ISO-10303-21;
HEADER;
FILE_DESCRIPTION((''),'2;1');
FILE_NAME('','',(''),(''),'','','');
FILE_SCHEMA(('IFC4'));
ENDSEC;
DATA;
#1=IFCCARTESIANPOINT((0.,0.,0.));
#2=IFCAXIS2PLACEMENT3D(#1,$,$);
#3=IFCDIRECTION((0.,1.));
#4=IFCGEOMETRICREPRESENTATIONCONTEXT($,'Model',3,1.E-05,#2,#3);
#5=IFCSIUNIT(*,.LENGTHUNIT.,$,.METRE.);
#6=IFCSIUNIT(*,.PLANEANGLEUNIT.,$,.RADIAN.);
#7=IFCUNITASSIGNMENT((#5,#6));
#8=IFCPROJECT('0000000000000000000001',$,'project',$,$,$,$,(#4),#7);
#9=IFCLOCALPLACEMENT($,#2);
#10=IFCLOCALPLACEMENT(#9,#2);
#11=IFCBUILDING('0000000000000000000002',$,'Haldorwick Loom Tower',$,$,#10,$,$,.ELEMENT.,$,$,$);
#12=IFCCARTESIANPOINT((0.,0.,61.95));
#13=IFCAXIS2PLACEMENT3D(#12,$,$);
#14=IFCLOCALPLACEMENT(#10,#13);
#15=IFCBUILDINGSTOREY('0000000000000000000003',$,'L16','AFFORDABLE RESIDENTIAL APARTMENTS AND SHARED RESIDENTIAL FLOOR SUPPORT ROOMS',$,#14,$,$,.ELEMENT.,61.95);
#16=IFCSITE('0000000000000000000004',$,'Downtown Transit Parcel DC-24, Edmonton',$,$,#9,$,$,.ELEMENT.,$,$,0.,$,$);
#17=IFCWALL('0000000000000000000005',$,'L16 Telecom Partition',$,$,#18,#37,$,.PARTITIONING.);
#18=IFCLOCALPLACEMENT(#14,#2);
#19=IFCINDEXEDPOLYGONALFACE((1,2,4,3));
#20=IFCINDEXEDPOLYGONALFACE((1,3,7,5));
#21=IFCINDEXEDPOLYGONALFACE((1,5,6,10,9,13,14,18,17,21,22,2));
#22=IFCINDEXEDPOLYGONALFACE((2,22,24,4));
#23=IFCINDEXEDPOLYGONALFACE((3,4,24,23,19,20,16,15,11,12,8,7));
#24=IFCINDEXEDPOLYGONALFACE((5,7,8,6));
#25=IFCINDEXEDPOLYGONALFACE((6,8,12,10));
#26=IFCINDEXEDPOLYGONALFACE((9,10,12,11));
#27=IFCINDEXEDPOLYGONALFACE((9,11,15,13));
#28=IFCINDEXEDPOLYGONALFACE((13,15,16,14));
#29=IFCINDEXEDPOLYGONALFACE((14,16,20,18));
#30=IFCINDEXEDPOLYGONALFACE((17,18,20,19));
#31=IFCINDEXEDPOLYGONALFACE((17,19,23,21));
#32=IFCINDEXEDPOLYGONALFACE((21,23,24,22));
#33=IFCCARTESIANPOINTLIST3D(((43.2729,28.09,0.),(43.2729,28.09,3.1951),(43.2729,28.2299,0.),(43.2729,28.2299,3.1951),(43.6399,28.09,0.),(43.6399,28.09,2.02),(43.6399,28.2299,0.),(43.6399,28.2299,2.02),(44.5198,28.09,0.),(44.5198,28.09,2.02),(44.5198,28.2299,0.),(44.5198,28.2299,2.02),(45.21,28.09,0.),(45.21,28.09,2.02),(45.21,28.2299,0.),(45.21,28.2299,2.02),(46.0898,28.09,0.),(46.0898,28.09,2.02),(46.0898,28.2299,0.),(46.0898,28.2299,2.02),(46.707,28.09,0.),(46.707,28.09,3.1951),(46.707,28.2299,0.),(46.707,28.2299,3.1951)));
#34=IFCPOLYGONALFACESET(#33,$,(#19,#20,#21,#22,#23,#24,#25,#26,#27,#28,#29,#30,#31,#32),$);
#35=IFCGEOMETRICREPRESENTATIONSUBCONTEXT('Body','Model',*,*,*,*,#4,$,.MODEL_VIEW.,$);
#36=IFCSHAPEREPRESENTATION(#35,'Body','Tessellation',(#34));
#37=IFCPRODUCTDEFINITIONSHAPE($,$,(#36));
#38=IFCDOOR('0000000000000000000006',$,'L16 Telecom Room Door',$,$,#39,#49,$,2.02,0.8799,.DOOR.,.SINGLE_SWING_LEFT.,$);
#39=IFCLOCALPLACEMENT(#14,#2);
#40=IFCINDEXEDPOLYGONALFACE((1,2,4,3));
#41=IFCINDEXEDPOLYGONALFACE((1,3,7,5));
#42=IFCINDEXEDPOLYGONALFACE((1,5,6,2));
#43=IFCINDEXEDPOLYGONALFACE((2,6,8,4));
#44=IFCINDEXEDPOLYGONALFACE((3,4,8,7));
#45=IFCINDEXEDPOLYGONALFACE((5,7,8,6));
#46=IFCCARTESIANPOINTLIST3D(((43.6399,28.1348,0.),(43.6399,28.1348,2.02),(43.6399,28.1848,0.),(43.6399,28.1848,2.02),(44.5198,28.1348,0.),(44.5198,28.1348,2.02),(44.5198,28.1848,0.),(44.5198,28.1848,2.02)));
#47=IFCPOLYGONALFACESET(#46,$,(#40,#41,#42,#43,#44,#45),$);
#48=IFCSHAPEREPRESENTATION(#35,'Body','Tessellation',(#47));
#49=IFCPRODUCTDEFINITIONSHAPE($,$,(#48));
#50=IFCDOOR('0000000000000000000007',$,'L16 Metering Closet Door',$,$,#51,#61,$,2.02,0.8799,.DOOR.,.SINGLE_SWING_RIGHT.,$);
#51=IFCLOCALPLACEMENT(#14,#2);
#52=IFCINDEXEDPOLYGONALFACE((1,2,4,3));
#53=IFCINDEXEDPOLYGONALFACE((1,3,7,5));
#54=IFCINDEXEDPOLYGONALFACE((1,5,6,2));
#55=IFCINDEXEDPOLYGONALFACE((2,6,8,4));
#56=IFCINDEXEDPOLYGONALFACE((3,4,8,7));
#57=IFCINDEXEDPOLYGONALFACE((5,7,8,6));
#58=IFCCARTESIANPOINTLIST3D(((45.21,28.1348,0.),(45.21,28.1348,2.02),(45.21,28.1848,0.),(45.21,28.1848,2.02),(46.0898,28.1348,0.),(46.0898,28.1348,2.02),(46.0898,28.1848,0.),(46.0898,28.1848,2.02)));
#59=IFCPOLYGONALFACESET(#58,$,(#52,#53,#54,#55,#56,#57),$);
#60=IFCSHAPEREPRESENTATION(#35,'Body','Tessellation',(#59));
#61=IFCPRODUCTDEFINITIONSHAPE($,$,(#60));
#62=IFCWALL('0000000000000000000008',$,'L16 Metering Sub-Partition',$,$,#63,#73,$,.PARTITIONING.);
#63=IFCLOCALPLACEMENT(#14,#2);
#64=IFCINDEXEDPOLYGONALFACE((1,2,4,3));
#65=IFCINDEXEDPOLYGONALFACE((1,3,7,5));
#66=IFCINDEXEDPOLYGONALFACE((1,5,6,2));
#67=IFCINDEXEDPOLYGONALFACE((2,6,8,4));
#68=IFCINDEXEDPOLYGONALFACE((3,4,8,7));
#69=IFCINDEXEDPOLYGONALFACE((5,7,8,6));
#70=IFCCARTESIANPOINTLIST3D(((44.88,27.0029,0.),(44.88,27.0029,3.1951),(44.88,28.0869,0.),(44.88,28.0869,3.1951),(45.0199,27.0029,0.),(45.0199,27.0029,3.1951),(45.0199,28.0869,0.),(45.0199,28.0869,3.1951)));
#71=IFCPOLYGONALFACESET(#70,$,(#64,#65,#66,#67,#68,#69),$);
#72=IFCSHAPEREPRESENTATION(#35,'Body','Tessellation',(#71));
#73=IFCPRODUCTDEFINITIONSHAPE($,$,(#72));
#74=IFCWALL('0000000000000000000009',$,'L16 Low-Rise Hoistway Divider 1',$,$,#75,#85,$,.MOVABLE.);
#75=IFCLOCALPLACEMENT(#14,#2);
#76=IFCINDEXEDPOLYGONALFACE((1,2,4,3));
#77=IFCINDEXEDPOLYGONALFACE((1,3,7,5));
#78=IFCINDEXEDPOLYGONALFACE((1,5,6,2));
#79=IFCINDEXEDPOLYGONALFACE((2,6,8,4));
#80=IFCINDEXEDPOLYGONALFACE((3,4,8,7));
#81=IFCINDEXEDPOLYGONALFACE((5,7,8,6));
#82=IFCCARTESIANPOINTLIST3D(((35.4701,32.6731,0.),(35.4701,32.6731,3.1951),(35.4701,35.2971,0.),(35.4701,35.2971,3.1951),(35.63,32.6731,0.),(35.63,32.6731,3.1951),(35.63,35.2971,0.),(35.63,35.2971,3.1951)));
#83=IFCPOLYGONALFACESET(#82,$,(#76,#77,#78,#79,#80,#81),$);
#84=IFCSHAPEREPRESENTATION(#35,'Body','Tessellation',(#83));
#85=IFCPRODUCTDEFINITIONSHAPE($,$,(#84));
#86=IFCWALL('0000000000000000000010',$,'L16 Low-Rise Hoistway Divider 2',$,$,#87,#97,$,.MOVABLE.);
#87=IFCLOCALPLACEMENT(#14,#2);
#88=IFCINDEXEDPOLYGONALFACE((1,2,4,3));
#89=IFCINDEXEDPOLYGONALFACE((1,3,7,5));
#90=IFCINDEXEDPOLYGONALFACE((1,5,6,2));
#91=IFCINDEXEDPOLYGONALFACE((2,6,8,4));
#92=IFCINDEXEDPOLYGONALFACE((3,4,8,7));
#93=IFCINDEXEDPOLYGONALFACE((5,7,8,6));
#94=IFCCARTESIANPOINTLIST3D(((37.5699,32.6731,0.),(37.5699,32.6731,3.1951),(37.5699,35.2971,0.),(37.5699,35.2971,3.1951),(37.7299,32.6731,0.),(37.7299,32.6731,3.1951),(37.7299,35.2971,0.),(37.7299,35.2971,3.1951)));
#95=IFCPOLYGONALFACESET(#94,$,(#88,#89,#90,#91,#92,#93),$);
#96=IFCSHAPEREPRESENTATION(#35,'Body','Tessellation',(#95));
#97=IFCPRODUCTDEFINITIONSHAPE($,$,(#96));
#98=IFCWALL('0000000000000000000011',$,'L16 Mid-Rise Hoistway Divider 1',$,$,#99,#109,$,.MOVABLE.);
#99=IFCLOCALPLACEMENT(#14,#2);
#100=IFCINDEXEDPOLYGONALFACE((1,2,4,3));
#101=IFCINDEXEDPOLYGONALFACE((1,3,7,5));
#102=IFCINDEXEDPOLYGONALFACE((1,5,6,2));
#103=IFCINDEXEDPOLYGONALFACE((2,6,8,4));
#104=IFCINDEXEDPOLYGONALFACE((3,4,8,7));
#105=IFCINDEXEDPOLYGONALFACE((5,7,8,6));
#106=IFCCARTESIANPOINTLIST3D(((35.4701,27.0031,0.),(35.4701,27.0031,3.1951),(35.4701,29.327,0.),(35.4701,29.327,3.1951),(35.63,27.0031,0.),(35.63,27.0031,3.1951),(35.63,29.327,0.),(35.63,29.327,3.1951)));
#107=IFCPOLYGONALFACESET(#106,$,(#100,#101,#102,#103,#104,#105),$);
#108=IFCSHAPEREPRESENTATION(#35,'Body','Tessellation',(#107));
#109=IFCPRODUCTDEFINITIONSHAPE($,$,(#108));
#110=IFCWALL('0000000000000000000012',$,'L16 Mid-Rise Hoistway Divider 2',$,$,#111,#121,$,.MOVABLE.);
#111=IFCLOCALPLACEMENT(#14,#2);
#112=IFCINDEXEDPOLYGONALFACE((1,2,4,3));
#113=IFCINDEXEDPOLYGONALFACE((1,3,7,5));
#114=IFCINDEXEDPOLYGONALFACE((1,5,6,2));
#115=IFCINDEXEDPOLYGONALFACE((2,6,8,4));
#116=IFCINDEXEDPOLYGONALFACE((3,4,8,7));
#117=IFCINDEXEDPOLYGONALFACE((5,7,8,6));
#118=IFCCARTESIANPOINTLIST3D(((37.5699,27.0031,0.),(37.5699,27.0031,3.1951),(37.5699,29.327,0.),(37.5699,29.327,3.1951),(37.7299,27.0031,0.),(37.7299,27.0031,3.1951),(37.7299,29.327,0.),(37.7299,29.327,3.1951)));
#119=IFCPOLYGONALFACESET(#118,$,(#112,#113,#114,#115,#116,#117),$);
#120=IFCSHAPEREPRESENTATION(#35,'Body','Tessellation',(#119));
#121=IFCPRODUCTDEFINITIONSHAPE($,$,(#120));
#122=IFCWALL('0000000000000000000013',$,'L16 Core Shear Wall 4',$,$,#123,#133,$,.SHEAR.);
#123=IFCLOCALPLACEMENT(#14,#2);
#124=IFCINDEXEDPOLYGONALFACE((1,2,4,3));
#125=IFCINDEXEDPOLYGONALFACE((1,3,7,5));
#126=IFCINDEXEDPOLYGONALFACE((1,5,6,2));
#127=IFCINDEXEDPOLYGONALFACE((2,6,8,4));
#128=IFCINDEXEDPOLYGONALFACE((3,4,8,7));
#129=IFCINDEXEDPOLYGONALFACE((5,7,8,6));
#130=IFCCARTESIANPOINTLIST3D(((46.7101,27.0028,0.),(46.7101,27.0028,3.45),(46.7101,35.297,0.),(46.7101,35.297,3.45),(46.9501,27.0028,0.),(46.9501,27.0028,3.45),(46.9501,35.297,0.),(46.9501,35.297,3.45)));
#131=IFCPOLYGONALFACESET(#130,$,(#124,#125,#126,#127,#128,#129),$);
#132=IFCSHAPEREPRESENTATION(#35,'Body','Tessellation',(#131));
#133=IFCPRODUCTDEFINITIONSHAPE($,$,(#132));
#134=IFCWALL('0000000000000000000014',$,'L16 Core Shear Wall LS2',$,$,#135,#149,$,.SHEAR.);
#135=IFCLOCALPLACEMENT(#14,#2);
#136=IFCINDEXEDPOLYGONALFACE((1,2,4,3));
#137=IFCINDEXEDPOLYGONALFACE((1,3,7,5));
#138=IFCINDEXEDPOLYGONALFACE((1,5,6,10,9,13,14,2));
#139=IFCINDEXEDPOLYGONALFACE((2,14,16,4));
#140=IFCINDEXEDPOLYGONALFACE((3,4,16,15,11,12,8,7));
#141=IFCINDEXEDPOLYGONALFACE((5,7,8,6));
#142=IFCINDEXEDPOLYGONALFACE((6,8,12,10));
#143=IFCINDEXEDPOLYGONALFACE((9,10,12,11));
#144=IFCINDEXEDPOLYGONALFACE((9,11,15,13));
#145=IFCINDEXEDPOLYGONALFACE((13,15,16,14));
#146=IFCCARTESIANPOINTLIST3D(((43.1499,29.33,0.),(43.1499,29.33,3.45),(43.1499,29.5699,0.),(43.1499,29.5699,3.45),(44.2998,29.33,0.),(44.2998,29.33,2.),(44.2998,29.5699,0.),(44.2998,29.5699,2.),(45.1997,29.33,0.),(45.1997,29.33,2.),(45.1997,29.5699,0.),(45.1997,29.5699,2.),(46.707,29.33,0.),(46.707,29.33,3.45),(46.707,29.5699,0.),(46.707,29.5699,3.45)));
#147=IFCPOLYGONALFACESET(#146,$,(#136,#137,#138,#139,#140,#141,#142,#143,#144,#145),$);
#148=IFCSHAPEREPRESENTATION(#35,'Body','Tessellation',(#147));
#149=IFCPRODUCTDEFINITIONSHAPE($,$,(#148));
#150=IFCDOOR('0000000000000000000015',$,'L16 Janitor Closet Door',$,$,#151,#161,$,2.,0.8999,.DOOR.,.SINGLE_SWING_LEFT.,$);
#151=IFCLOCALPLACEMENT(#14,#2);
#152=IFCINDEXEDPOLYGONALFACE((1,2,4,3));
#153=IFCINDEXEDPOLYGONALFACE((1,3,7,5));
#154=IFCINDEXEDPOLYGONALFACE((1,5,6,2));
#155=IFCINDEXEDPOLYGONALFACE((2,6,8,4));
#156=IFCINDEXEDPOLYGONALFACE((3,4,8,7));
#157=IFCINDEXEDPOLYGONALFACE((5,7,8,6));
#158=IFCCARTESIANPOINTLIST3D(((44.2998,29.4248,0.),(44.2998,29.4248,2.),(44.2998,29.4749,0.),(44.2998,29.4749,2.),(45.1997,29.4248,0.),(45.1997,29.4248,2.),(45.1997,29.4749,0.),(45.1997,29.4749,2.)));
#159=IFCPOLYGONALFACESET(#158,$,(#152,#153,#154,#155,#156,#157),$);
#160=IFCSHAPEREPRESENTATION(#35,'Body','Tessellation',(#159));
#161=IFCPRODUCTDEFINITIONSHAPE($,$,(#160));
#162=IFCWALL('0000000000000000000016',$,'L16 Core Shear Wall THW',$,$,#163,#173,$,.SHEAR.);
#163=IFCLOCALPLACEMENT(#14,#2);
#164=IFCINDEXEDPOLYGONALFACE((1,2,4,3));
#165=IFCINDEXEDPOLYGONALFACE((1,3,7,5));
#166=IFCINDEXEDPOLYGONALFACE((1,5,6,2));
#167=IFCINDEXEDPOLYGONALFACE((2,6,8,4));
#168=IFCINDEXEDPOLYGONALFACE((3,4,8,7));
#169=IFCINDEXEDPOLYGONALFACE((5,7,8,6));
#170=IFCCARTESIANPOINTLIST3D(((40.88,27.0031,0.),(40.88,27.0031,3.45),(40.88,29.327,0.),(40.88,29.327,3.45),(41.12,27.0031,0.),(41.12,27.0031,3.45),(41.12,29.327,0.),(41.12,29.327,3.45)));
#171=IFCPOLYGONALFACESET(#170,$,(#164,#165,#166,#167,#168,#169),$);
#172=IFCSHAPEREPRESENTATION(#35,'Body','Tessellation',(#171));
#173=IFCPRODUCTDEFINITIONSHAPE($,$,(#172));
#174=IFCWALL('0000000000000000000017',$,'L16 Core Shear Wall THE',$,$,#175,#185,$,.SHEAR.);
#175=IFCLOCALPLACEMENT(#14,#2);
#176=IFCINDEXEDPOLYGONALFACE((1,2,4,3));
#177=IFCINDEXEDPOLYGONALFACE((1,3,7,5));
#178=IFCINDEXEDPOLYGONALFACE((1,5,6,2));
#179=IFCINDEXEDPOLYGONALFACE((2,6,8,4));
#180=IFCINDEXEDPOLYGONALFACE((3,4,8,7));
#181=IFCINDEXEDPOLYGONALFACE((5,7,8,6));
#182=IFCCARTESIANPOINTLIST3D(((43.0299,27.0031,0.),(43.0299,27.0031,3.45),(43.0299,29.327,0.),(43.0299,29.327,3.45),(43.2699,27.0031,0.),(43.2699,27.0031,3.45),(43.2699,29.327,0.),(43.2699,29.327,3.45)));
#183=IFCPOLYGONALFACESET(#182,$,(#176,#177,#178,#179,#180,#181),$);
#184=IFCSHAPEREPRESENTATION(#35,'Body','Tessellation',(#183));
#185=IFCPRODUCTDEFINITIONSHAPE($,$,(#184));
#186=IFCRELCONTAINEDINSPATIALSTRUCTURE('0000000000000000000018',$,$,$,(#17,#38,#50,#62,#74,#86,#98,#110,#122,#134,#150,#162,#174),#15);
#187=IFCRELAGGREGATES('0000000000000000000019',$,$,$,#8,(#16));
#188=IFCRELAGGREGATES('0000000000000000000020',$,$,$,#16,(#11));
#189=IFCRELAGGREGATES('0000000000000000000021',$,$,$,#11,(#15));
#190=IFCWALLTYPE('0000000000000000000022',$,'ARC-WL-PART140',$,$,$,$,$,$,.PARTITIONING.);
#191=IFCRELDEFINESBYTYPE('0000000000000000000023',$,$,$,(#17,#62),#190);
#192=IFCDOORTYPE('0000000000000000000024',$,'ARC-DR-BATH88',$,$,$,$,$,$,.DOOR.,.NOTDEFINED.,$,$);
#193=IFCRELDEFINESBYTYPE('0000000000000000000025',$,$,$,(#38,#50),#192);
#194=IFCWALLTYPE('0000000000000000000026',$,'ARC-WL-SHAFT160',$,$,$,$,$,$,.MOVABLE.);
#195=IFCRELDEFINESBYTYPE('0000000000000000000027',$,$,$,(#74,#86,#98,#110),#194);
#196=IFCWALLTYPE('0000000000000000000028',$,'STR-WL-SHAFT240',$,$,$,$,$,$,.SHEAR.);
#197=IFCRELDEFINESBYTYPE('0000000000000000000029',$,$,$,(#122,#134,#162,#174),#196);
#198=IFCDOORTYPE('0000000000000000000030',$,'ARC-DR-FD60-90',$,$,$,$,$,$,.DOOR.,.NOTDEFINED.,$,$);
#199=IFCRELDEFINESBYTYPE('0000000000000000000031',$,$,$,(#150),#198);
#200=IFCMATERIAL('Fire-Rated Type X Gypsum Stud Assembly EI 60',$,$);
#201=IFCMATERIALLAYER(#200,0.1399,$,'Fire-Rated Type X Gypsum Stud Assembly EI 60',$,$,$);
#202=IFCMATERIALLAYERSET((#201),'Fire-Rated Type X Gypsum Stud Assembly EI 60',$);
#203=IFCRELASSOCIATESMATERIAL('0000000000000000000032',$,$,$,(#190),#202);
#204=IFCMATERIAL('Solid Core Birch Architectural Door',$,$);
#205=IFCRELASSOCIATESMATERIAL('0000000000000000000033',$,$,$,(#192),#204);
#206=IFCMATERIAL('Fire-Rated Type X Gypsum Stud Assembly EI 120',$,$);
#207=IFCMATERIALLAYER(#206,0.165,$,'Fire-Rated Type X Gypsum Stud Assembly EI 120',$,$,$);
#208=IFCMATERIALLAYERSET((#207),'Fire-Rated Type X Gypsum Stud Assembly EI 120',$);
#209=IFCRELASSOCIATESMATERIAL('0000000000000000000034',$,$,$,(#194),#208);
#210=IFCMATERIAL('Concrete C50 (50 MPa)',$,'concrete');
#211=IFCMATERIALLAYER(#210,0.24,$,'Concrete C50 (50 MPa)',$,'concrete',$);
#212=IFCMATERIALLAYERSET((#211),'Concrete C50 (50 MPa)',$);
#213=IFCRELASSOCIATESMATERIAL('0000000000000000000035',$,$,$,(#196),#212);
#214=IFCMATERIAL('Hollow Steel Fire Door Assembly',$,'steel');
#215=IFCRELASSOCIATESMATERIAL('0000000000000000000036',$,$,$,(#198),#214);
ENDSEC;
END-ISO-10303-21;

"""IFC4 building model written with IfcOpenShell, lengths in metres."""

from ifc_helpers import new_model, si_unit, direction, frame, frame_2d, origin, place, context, subcontext, project, spatial, rectangle, extrude, material, layer, layer_set, type_object, element, fill, save


model = new_model("IFC4")

# Units and contexts
model_context = context("Model", 3, precision=1e-05, world=origin(), true_north=direction((0.0, 1.0)))
body_context = subcontext(model_context, "Body", "Model", "MODEL_VIEW")
ifc_project = project(units=[si_unit("LENGTHUNIT", "METRE"), si_unit("PLANEANGLEUNIT", "RADIAN")], contexts=[model_context])

# Site, building, storey
site_placement = place(None, origin())
site = spatial("IfcSite", under=ifc_project, at=site_placement, Name="Downtown Transit Parcel DC-24, Edmonton", CompositionType="ELEMENT", RefElevation=0.0)
building_placement = place(site_placement, origin())
building = spatial("IfcBuilding", under=site, at=building_placement, Name="Haldorwick Loom Tower", CompositionType="ELEMENT")
storey_placement = place(building_placement, frame((0.0, 0.0, 61.95)))
storey = spatial("IfcBuildingStorey", under=building, at=storey_placement, Name="L16", Description="AFFORDABLE RESIDENTIAL APARTMENTS AND SHARED RESIDENTIAL FLOOR SUPPORT ROOMS", CompositionType="ELEMENT", Elevation=61.95)

# Wall, openings, doors
ifc_material_1 = material(Name="Fire-Rated Type X Gypsum Stud Assembly EI 60")
ifc_layer_1 = layer(ifc_material_1, 0.1399, Name="Fire-Rated Type X Gypsum Stud Assembly EI 60")
ifc_layer_set_1 = layer_set([ifc_layer_1], Name="Fire-Rated Type X Gypsum Stud Assembly EI 60")
wall_type_1 = type_object("IfcWallType", Name="ARC-WL-PART140", PredefinedType="PARTITIONING", material=ifc_layer_set_1)
wall_1_placement = place(storey_placement, frame((43.2729, 28.1599, 0.0), z_axis=(0.0, 0.0, 1.0), x_axis=(1.0, 0.0, 0.0)))
wall_1 = element("IfcWall", 1, at=wall_1_placement, inside=storey, type_object=wall_type_1, Name="L16 Telecom Partition", PredefinedType="PARTITIONING", context=body_context, shape_type="SweptSolid", body=[
    extrude(rectangle(XDim=3.4341, YDim=0.1399, at=frame_2d((1.717, 0.0))), origin(), (0.0, 0.0, 1.0), 3.1951),
])
opening_1_placement = place(wall_1_placement, frame((0.3669, 0.0, 0.0)))
opening_1 = element("IfcOpeningElement", 2, at=opening_1_placement, cuts=wall_1, PredefinedType="OPENING", context=body_context, shape_type="SweptSolid", body=[
    extrude(rectangle(XDim=0.8799, YDim=2.02, at=frame_2d((0.4399, 1.01))), frame((0.0, 0.0798, 0.0), z_axis=(0.0, -1.0, 0.0), x_axis=(1.0, 0.0, 0.0)), (0.0, 0.0, 1.0), 0.1599),
])
opening_2_placement = place(wall_1_placement, frame((1.937, 0.0, 0.0)))
opening_2 = element("IfcOpeningElement", 3, at=opening_2_placement, cuts=wall_1, PredefinedType="OPENING", context=body_context, shape_type="SweptSolid", body=[
    extrude(rectangle(XDim=0.8799, YDim=2.02, at=frame_2d((0.4399, 1.01))), frame((0.0, 0.0798, 0.0), z_axis=(0.0, -1.0, 0.0), x_axis=(1.0, 0.0, 0.0)), (0.0, 0.0, 1.0), 0.1599),
])
ifc_material_2 = material(Name="Solid Core Birch Architectural Door")
door_type_1 = type_object("IfcDoorType", Name="ARC-DR-BATH88", OperationType="NOTDEFINED", PredefinedType="DOOR", material=ifc_material_2)
door_1_placement = place(opening_1_placement, origin())
door_1 = element("IfcDoor", 4, at=door_1_placement, inside=storey, type_object=door_type_1, Name="L16 Telecom Room Door", OperationType="SINGLE_SWING_LEFT", OverallHeight=2.02, OverallWidth=0.8799, PredefinedType="DOOR", context=body_context, shape_type="SweptSolid", body=[
    extrude(rectangle(XDim=0.8799, YDim=2.02, at=frame_2d((0.4399, 1.01))), frame((0.0, 0.0249, 0.0), z_axis=(0.0, -1.0, 0.0), x_axis=(1.0, 0.0, 0.0)), (0.0, 0.0, 1.0), 0.05),
])
fill(opening_1, door_1)
door_2_placement = place(opening_2_placement, origin())
door_2 = element("IfcDoor", 5, at=door_2_placement, inside=storey, type_object=door_type_1, Name="L16 Metering Closet Door", OperationType="SINGLE_SWING_RIGHT", OverallHeight=2.02, OverallWidth=0.8799, PredefinedType="DOOR", context=body_context, shape_type="SweptSolid", body=[
    extrude(rectangle(XDim=0.8799, YDim=2.02, at=frame_2d((0.4399, 1.01))), frame((0.0, 0.0249, 0.0), z_axis=(0.0, -1.0, 0.0), x_axis=(1.0, 0.0, 0.0)), (0.0, 0.0, 1.0), 0.05),
])
fill(opening_2, door_2)

# Walls
wall_2_placement = place(storey_placement, frame((44.95, 27.0029, 0.0), z_axis=(0.0, 0.0, 1.0), x_axis=(0.0, 1.0, 0.0)))
element("IfcWall", 6, at=wall_2_placement, inside=storey, type_object=wall_type_1, Name="L16 Metering Sub-Partition", PredefinedType="PARTITIONING", context=body_context, shape_type="SweptSolid", body=[
    extrude(rectangle(XDim=1.084, YDim=0.1399, at=frame_2d((0.542, 0.0))), origin(), (0.0, 0.0, 1.0), 3.1951),
])
ifc_material_3 = material(Name="Fire-Rated Type X Gypsum Stud Assembly EI 120")
ifc_layer_2 = layer(ifc_material_3, 0.165, Name="Fire-Rated Type X Gypsum Stud Assembly EI 120")
ifc_layer_set_2 = layer_set([ifc_layer_2], Name="Fire-Rated Type X Gypsum Stud Assembly EI 120")
wall_type_2 = type_object("IfcWallType", Name="ARC-WL-SHAFT160", PredefinedType="MOVABLE", material=ifc_layer_set_2)
for number, where, z_axis, x_axis, name in (
    (7, (35.55, 32.6731, 0.0), (0.0, 0.0, 1.0), (0.0, 1.0, 0.0), "L16 Low-Rise Hoistway Divider 1"),
    (8, (37.6499, 32.6731, 0.0), (0.0, 0.0, 1.0), (0.0, 1.0, 0.0), "L16 Low-Rise Hoistway Divider 2"),
):
    element("IfcWall", number, at=place(storey_placement, frame(where, z_axis=z_axis, x_axis=x_axis)), inside=storey, type_object=wall_type_2, Name=name, PredefinedType="MOVABLE", context=body_context, shape_type="SweptSolid", body=[
        extrude(rectangle(XDim=2.624, YDim=0.1599, at=frame_2d((1.312, 0.0))), origin(), (0.0, 0.0, 1.0), 3.1951),
    ])
for number, where, z_axis, x_axis, name in (
    (9, (35.55, 27.0029, 0.0), (0.0, 0.0, 1.0), (0.0, 1.0, 0.0), "L16 Mid-Rise Hoistway Divider 1"),
    (10, (37.6499, 27.0029, 0.0), (0.0, 0.0, 1.0), (0.0, 1.0, 0.0), "L16 Mid-Rise Hoistway Divider 2"),
):
    element("IfcWall", number, at=place(storey_placement, frame(where, z_axis=z_axis, x_axis=x_axis)), inside=storey, type_object=wall_type_2, Name=name, PredefinedType="MOVABLE", context=body_context, shape_type="SweptSolid", body=[
        extrude(rectangle(XDim=2.324, YDim=0.1599, at=frame_2d((1.1621, 0.0))), origin(), (0.0, 0.0, 1.0), 3.1951),
    ])
ifc_material_4 = material(Name="Concrete C50 (50 MPa)", Category="concrete")
ifc_layer_3 = layer(ifc_material_4, 0.24, Name="Concrete C50 (50 MPa)", Category="concrete")
ifc_layer_set_3 = layer_set([ifc_layer_3], Name="Concrete C50 (50 MPa)")
wall_type_3 = type_object("IfcWallType", Name="STR-WL-SHAFT240", PredefinedType="SHEAR", material=ifc_layer_set_3)
wall_3_placement = place(storey_placement, frame((46.8301, 27.0029, 0.0), z_axis=(0.0, 0.0, 1.0), x_axis=(0.0, 1.0, 0.0)))
element("IfcWall", 11, at=wall_3_placement, inside=storey, type_object=wall_type_3, Name="L16 Core Shear Wall 4", PredefinedType="SHEAR", context=body_context, shape_type="SweptSolid", body=[
    extrude(rectangle(XDim=8.2942, YDim=0.24, at=frame_2d((4.147, 0.0))), origin(), (0.0, 0.0, 1.0), 3.45),
])

# Wall, opening, door
wall_4_placement = place(storey_placement, frame((43.1499, 29.45, 0.0), z_axis=(0.0, 0.0, 1.0), x_axis=(1.0, 0.0, 0.0)))
wall_4 = element("IfcWall", 12, at=wall_4_placement, inside=storey, type_object=wall_type_3, Name="L16 Core Shear Wall LS2", PredefinedType="SHEAR", context=body_context, shape_type="SweptSolid", body=[
    extrude(rectangle(XDim=3.5571, YDim=0.24, at=frame_2d((1.7786, 0.0))), origin(), (0.0, 0.0, 1.0), 3.45),
])
opening_3_placement = place(wall_4_placement, frame((1.1499, 0.0, 0.0)))
opening_3 = element("IfcOpeningElement", 13, at=opening_3_placement, cuts=wall_4, PredefinedType="OPENING", context=body_context, shape_type="SweptSolid", body=[
    extrude(rectangle(XDim=0.8999, YDim=2.0, at=frame_2d((0.45, 1.0))), frame((0.0, 0.1299, 0.0), z_axis=(0.0, -1.0, 0.0), x_axis=(1.0, 0.0, 0.0)), (0.0, 0.0, 1.0), 0.26),
])
ifc_material_5 = material(Name="Hollow Steel Fire Door Assembly", Category="steel")
door_type_2 = type_object("IfcDoorType", Name="ARC-DR-FD60-90", OperationType="NOTDEFINED", PredefinedType="DOOR", material=ifc_material_5)
door_3_placement = place(opening_3_placement, origin())
door_3 = element("IfcDoor", 14, at=door_3_placement, inside=storey, type_object=door_type_2, Name="L16 Janitor Closet Door", OperationType="SINGLE_SWING_LEFT", OverallHeight=2.0, OverallWidth=0.8999, PredefinedType="DOOR", context=body_context, shape_type="SweptSolid", body=[
    extrude(rectangle(XDim=0.8999, YDim=2.0, at=frame_2d((0.45, 1.0))), frame((0.0, 0.0249, 0.0), z_axis=(0.0, -1.0, 0.0), x_axis=(1.0, 0.0, 0.0)), (0.0, 0.0, 1.0), 0.05),
])
fill(opening_3, door_3)

# Walls
for number, where, z_axis, x_axis, name in (
    (15, (41.0, 27.0029, 0.0), (0.0, 0.0, 1.0), (0.0, 1.0, 0.0), "L16 Core Shear Wall THW"),
    (16, (43.1499, 27.0029, 0.0), (0.0, 0.0, 1.0), (0.0, 1.0, 0.0), "L16 Core Shear Wall THE"),
):
    element("IfcWall", number, at=place(storey_placement, frame(where, z_axis=z_axis, x_axis=x_axis)), inside=storey, type_object=wall_type_3, Name=name, PredefinedType="SHEAR", context=body_context, shape_type="SweptSolid", body=[
        extrude(rectangle(XDim=2.324, YDim=0.24, at=frame_2d((1.1621, 0.0))), origin(), (0.0, 0.0, 1.0), 3.45),
    ])

save(model, "model.ifc")
